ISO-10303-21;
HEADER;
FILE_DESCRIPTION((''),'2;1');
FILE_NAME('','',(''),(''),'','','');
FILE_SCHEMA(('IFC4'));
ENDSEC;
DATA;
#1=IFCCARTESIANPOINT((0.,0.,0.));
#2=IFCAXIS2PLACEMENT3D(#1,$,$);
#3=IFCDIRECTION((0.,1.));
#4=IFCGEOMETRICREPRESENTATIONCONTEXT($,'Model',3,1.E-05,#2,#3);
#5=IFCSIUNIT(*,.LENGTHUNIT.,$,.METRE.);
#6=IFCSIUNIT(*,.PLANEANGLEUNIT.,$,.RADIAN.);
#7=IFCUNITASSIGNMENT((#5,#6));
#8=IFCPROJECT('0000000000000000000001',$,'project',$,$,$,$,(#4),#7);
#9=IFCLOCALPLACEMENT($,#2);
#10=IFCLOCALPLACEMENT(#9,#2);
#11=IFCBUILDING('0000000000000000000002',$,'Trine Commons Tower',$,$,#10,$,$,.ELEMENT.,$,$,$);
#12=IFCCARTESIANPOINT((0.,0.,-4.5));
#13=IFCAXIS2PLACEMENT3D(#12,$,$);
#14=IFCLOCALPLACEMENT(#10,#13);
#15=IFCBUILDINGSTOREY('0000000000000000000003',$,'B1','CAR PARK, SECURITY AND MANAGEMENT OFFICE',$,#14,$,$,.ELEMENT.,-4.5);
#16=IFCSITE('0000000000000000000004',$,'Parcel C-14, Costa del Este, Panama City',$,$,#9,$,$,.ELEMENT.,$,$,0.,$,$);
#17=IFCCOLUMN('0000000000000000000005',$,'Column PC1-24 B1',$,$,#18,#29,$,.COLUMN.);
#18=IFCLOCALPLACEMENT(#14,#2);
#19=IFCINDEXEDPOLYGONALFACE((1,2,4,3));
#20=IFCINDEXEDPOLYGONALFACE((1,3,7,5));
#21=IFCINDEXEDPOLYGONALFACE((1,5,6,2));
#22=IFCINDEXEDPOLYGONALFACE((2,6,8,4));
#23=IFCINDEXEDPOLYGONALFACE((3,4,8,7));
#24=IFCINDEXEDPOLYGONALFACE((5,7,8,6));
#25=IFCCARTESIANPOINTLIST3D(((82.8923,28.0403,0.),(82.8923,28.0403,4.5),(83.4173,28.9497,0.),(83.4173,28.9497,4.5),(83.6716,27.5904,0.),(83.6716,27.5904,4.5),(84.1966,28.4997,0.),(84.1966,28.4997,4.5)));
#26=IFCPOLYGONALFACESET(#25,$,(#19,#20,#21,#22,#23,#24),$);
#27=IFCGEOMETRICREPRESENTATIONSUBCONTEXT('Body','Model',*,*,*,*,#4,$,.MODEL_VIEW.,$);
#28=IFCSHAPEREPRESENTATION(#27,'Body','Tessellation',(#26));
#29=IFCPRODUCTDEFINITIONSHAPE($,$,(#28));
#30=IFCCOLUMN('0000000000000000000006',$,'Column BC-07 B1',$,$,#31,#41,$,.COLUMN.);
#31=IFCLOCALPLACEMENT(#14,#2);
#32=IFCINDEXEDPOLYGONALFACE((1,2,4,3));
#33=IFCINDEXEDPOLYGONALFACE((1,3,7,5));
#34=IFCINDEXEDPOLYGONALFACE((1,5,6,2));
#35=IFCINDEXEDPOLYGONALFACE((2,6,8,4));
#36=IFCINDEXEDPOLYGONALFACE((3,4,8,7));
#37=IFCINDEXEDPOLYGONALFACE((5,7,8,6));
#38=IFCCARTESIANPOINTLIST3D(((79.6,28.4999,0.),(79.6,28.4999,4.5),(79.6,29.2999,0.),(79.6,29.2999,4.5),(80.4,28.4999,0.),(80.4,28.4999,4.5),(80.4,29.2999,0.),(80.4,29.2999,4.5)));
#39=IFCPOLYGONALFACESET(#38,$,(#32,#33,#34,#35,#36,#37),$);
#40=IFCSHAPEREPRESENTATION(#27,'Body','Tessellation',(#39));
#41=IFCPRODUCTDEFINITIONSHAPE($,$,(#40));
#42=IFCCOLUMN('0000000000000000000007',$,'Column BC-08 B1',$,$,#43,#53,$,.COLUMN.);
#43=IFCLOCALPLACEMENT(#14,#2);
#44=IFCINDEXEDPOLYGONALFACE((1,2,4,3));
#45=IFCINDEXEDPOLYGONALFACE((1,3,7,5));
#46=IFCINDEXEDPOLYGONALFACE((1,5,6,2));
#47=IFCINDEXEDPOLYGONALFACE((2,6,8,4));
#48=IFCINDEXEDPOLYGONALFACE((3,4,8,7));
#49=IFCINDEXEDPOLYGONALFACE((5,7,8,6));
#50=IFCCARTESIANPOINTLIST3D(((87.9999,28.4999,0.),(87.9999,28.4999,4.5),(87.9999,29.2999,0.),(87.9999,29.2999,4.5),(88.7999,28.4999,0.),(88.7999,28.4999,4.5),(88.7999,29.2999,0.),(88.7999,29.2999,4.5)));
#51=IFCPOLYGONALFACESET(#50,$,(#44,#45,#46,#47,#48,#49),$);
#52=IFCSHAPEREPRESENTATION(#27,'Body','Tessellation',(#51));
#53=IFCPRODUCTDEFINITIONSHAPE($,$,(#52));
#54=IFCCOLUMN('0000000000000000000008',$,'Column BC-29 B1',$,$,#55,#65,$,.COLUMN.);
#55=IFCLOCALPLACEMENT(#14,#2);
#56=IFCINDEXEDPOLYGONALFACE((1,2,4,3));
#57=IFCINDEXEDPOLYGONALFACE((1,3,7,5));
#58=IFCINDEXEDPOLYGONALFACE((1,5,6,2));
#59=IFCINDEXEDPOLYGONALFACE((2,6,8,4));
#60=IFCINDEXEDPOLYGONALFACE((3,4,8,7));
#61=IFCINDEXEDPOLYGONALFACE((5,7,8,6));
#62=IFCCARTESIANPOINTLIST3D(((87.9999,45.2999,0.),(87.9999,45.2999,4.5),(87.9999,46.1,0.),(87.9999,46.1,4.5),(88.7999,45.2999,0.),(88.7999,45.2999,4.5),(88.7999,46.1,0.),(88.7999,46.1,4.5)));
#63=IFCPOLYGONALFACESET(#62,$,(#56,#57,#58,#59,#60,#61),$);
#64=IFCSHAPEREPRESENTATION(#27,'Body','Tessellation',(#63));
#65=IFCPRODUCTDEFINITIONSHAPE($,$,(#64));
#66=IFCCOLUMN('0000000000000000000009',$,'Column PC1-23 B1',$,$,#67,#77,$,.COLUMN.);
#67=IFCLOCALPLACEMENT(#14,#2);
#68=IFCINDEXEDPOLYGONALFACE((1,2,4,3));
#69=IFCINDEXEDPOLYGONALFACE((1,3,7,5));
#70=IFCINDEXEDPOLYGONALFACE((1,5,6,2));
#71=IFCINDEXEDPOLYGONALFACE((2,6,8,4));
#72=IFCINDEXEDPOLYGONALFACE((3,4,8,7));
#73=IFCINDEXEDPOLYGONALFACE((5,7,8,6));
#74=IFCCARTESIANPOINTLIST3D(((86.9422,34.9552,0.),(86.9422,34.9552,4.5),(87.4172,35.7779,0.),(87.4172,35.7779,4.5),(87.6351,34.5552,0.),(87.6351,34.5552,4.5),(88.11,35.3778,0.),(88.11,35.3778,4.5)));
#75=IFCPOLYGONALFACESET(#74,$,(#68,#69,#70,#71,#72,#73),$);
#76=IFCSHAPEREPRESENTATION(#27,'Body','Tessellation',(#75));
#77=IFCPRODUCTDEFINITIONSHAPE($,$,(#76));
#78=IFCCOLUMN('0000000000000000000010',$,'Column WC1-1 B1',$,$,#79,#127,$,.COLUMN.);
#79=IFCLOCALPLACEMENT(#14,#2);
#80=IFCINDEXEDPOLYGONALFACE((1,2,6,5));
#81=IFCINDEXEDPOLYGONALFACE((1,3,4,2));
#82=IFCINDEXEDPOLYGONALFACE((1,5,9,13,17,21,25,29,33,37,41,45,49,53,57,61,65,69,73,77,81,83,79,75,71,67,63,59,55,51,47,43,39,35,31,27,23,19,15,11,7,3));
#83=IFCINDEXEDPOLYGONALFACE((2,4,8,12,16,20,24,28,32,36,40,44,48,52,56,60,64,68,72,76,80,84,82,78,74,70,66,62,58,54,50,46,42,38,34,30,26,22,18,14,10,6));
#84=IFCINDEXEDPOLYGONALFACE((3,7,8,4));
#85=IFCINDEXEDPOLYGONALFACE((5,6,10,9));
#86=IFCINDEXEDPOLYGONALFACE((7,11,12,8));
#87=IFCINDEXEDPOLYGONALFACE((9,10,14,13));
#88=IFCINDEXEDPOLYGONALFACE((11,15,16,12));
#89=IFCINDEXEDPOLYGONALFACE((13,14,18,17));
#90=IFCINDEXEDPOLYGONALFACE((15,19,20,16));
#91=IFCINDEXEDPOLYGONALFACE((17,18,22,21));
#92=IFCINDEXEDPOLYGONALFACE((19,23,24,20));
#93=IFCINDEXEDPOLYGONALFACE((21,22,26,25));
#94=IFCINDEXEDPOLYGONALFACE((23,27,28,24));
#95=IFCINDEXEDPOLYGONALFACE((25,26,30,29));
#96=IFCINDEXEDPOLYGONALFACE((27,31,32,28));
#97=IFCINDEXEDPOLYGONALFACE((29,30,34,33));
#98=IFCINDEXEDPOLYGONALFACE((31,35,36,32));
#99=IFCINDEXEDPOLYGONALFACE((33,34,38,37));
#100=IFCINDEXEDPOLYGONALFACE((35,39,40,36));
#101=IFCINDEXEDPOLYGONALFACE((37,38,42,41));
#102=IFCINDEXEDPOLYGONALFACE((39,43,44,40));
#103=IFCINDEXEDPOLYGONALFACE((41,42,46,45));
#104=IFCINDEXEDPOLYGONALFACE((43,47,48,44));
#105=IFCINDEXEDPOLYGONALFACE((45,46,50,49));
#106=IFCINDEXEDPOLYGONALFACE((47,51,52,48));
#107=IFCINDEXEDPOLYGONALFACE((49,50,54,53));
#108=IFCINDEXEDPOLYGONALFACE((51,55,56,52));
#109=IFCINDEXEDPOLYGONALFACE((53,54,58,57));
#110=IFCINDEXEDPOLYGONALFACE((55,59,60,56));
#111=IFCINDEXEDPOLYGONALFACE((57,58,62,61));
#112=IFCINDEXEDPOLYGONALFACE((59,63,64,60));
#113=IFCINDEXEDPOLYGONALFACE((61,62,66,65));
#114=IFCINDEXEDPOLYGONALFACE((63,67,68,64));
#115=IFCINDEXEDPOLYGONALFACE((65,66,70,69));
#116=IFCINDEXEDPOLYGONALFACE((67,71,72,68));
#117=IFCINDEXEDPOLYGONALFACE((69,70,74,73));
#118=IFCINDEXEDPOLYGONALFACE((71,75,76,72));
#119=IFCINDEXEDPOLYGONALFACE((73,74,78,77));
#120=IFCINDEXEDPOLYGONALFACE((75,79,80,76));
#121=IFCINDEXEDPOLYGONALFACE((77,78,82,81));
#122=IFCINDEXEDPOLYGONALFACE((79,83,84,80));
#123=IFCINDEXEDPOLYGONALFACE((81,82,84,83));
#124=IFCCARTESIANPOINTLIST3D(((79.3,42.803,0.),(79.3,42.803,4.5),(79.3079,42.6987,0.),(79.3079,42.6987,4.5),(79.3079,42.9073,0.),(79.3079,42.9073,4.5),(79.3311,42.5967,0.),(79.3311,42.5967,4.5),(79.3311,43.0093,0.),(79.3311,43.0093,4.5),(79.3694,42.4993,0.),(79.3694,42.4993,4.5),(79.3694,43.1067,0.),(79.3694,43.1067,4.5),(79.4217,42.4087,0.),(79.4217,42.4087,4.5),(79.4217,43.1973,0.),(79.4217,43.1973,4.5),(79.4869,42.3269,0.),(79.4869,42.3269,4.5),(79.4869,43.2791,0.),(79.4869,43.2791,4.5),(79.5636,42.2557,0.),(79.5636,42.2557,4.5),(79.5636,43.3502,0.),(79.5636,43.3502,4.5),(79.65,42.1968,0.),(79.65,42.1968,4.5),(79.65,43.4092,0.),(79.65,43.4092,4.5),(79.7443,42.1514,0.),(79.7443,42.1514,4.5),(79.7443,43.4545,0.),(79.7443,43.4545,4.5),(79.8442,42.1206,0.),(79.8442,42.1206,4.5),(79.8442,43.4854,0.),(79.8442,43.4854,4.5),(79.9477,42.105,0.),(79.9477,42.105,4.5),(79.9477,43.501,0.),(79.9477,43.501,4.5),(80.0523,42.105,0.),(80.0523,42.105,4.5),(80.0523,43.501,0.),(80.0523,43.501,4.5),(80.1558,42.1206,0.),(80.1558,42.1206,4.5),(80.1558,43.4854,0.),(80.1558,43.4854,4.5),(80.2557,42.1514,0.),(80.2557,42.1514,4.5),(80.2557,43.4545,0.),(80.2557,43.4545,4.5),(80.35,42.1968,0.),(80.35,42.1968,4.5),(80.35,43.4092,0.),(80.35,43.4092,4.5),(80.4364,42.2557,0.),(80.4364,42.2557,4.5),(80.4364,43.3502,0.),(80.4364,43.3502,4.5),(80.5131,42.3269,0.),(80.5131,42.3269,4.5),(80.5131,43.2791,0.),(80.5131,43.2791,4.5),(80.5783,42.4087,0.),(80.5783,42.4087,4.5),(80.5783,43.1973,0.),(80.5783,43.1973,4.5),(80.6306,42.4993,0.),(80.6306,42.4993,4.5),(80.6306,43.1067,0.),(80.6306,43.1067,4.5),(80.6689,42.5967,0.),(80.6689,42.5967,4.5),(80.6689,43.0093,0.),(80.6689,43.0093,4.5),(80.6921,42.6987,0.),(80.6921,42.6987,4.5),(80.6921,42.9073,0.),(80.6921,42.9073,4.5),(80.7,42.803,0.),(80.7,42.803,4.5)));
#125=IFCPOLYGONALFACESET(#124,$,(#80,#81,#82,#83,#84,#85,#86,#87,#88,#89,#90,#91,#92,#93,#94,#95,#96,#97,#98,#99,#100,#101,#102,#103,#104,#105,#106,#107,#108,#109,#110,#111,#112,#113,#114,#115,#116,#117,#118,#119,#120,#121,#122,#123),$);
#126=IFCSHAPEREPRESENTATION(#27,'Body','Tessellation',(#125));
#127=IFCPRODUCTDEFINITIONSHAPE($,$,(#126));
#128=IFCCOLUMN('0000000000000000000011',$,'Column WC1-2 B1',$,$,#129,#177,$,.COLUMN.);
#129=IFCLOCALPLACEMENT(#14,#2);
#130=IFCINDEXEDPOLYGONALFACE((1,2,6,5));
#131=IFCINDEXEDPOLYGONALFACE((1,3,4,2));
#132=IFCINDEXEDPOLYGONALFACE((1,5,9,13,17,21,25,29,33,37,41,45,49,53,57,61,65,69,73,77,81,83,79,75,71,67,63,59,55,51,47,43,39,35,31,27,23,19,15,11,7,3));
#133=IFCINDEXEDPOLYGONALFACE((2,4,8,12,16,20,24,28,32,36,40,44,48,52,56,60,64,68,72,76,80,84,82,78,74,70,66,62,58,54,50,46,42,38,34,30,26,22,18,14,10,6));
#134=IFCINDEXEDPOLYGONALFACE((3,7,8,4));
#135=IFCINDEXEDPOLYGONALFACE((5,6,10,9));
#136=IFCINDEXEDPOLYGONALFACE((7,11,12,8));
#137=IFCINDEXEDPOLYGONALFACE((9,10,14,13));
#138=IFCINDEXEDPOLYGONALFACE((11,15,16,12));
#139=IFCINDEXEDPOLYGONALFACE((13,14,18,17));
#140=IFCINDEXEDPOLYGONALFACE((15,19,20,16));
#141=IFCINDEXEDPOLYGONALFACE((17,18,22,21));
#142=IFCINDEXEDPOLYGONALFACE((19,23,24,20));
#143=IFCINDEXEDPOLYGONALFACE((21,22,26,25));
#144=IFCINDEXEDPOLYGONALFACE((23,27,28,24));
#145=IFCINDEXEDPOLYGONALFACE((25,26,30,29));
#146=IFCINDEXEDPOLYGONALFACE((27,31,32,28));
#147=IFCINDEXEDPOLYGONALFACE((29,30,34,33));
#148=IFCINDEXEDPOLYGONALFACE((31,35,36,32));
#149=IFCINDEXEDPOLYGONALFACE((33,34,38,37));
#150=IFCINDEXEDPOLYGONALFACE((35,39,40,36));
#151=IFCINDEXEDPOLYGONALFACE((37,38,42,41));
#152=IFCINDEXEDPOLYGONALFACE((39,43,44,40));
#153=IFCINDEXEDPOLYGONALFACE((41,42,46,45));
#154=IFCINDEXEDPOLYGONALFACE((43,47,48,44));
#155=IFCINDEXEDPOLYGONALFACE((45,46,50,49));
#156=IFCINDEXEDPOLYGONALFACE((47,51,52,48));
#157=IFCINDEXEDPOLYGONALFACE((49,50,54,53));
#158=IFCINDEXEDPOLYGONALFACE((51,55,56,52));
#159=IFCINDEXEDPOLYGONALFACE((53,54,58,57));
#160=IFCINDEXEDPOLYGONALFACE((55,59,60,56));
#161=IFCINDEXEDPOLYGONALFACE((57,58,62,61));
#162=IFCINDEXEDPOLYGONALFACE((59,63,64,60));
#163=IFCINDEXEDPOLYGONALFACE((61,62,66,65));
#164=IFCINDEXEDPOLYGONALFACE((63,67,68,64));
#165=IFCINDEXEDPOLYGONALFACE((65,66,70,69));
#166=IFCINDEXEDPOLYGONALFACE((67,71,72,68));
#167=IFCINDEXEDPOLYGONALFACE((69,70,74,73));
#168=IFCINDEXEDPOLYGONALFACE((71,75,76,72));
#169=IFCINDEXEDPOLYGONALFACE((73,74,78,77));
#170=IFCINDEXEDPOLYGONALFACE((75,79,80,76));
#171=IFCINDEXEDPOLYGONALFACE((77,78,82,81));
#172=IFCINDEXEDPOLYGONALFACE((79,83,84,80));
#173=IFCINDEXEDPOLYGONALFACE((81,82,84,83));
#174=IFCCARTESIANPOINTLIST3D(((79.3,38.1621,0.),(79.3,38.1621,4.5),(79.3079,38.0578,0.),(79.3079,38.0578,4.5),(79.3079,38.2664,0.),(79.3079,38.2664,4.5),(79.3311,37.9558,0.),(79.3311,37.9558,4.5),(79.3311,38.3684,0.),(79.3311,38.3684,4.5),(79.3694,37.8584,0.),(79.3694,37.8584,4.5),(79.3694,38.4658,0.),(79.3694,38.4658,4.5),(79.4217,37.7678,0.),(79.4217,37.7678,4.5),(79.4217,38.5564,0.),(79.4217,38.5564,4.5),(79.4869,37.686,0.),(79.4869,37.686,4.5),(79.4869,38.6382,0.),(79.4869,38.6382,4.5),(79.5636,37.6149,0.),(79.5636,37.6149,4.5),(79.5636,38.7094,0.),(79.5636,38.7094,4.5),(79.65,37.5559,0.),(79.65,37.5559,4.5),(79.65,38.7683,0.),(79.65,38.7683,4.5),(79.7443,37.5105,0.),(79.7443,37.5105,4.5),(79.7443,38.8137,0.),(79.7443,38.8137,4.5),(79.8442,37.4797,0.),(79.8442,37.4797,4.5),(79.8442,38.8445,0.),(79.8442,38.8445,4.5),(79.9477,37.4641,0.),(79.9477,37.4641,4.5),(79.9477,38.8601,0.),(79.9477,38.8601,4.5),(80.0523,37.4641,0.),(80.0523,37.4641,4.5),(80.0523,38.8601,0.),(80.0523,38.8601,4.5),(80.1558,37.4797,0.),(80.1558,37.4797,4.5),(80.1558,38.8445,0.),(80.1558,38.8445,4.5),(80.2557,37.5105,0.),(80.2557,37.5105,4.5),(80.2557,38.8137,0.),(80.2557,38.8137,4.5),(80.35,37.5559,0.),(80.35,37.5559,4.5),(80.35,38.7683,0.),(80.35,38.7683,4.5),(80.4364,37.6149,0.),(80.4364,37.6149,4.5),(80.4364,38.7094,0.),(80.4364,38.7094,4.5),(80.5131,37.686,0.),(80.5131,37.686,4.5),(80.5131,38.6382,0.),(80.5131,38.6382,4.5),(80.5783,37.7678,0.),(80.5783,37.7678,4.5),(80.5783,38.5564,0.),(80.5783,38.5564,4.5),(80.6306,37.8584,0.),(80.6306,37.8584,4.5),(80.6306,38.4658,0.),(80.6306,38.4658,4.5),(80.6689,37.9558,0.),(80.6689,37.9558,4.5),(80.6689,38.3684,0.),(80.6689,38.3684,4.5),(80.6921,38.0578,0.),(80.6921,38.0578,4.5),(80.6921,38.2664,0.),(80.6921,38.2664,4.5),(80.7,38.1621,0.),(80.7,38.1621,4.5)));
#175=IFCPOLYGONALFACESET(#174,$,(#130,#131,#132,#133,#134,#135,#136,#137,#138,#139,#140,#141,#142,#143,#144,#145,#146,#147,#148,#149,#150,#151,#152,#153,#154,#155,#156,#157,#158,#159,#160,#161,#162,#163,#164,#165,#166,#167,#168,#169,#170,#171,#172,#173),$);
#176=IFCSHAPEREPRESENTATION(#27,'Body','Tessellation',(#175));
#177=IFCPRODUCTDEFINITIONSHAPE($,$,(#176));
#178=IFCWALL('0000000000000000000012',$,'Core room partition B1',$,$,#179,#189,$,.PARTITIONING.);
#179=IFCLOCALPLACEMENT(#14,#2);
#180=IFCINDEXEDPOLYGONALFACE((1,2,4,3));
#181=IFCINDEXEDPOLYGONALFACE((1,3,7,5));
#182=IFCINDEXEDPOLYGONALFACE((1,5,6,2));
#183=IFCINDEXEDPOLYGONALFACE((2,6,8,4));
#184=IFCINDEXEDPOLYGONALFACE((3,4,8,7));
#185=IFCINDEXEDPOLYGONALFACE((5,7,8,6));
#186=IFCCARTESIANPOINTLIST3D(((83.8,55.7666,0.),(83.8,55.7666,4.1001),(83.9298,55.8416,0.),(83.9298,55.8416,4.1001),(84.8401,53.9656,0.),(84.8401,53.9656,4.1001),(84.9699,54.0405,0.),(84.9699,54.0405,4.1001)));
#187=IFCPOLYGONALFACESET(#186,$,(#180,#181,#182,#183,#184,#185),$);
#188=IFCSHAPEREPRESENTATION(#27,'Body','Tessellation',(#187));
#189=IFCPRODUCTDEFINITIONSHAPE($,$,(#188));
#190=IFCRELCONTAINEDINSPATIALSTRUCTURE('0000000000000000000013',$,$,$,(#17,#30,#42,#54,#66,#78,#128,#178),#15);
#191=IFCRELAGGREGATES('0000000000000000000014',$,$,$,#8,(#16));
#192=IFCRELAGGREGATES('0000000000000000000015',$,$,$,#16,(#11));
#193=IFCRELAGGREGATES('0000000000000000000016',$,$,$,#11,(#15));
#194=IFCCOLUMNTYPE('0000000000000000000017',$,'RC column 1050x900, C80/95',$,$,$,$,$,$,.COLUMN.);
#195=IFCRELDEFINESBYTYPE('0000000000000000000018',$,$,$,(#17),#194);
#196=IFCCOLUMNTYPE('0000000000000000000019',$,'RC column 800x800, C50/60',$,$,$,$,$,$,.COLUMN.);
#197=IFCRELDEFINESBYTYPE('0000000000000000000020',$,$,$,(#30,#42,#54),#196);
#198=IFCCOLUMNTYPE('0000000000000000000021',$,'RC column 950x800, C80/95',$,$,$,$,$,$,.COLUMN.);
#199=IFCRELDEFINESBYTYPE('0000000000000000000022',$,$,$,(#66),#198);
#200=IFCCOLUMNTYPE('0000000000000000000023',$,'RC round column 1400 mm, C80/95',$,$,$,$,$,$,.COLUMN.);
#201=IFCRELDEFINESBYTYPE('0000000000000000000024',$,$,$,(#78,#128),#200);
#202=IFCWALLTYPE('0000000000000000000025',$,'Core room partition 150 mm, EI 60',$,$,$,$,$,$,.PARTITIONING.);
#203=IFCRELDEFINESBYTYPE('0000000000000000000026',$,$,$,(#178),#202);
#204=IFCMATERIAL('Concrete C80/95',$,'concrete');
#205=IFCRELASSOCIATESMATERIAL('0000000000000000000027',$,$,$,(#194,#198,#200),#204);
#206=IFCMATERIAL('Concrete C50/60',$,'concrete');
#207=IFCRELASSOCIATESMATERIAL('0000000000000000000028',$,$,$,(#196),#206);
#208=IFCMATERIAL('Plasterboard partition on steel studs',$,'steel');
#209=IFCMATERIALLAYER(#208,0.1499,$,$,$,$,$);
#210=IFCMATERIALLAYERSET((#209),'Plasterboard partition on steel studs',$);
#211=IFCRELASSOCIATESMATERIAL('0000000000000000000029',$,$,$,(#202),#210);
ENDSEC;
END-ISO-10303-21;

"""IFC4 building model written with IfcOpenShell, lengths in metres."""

from ifc_helpers import new_model, si_unit, direction, frame, frame_2d, origin, origin_2d, place, context, subcontext, project, spatial, rectangle, circle, extrude, material, layer, layer_set, material_profile, profile_set, type_object, element, save


model = new_model("IFC4")

# Units and contexts
model_context = context("Model", 3, precision=1e-05, world=origin(), true_north=direction((0.0, 1.0)))
body_context = subcontext(model_context, "Body", "Model", "MODEL_VIEW")
ifc_project = project(units=[si_unit("LENGTHUNIT", "METRE"), si_unit("PLANEANGLEUNIT", "RADIAN")], contexts=[model_context])

# Site, building, storey
site_placement = place(None, origin())
site = spatial("IfcSite", under=ifc_project, at=site_placement, Name="Parcel C-14, Costa del Este, Panama City", CompositionType="ELEMENT", RefElevation=0.0)
building_placement = place(site_placement, origin())
building = spatial("IfcBuilding", under=site, at=building_placement, Name="Trine Commons Tower", CompositionType="ELEMENT")
storey_placement = place(building_placement, frame((0.0, 0.0, -4.5)))
storey = spatial("IfcBuildingStorey", under=building, at=storey_placement, Name="B1", Description="CAR PARK, SECURITY AND MANAGEMENT OFFICE", CompositionType="ELEMENT", Elevation=-4.5)

# Columns
ifc_material_1 = material(Name="Concrete C80/95", Category="concrete")
ifc_material_profile_1 = material_profile(ifc_material_1, rectangle(XDim=1.05, YDim=0.8999, at=origin_2d()), Name="RC 1050x900")
ifc_profile_set_1 = profile_set([ifc_material_profile_1], Name="Concrete C80/95")
column_type_1 = type_object("IfcColumnType", Name="RC column 1050x900, C80/95", PredefinedType="COLUMN", material=ifc_profile_set_1)
column_1_placement = place(storey_placement, frame((83.5444, 28.27, 0.0), z_axis=(0.0, 0.0, 1.0), x_axis=(0.5, 0.866025, 0.0)))
element("IfcColumn", 1, at=column_1_placement, inside=storey, type_object=column_type_1, Name="Column PC1-24 B1", PredefinedType="COLUMN", context=body_context, shape_type="SweptSolid", body=[
    extrude(rectangle(XDim=1.05, YDim=0.8999, at=origin_2d()), origin(), (0.0, 0.0, 1.0), 4.5),
])
ifc_material_2 = material(Name="Concrete C50/60", Category="concrete")
ifc_material_profile_2 = material_profile(ifc_material_2, rectangle(XDim=0.8, YDim=0.8, at=origin_2d()), Name="RC 800x800")
ifc_profile_set_2 = profile_set([ifc_material_profile_2], Name="Concrete C50/60")
column_type_2 = type_object("IfcColumnType", Name="RC column 800x800, C50/60", PredefinedType="COLUMN", material=ifc_profile_set_2)
for number, where, z_axis, x_axis, name in (
    (2, (80.0, 28.8999, 0.0), (0.0, 0.0, 1.0), (1.0, 0.0, 0.0), "Column BC-07 B1"),
    (3, (88.3999, 28.8999, 0.0), (0.0, 0.0, 1.0), (1.0, 0.0, 0.0), "Column BC-08 B1"),
    (4, (88.3999, 45.7, 0.0), (0.0, 0.0, 1.0), (1.0, 0.0, 0.0), "Column BC-29 B1"),
):
    element("IfcColumn", number, at=place(storey_placement, frame(where, z_axis=z_axis, x_axis=x_axis)), inside=storey, type_object=column_type_2, Name=name, PredefinedType="COLUMN", context=body_context, shape_type="SweptSolid", body=[
        extrude(rectangle(XDim=0.8, YDim=0.8, at=origin_2d()), origin(), (0.0, 0.0, 1.0), 4.5),
    ])
ifc_material_profile_3 = material_profile(ifc_material_1, rectangle(XDim=0.95, YDim=0.8, at=origin_2d()), Name="RC 950x800")
ifc_profile_set_3 = profile_set([ifc_material_profile_3], Name="Concrete C80/95")
column_type_3 = type_object("IfcColumnType", Name="RC column 950x800, C80/95", PredefinedType="COLUMN", material=ifc_profile_set_3)
column_2_placement = place(storey_placement, frame((87.5261, 35.1665, 0.0), z_axis=(0.0, 0.0, 1.0), x_axis=(0.5, 0.866025, 0.0)))
element("IfcColumn", 5, at=column_2_placement, inside=storey, type_object=column_type_3, Name="Column PC1-23 B1", PredefinedType="COLUMN", context=body_context, shape_type="SweptSolid", body=[
    extrude(rectangle(XDim=0.95, YDim=0.8, at=origin_2d()), origin(), (0.0, 0.0, 1.0), 4.5),
])
ifc_material_profile_4 = material_profile(ifc_material_1, circle(Radius=0.7, at=origin_2d()), Name="RC round 1400")
ifc_profile_set_4 = profile_set([ifc_material_profile_4], Name="Concrete C80/95")
column_type_4 = type_object("IfcColumnType", Name="RC round column 1400 mm, C80/95", PredefinedType="COLUMN", material=ifc_profile_set_4)
for number, where, z_axis, x_axis, name in (
    (6, (80.0, 42.803, 0.0), (0.0, 0.0, 1.0), (1.0, 0.0, 0.0), "Column WC1-1 B1"),
    (7, (80.0, 38.1621, 0.0), (0.0, 0.0, 1.0), (1.0, 0.0, 0.0), "Column WC1-2 B1"),
):
    element("IfcColumn", number, at=place(storey_placement, frame(where, z_axis=z_axis, x_axis=x_axis)), inside=storey, type_object=column_type_4, Name=name, PredefinedType="COLUMN", context=body_context, shape_type="SweptSolid", body=[
        extrude(circle(Radius=0.7, at=origin_2d()), origin(), (0.0, 0.0, 1.0), 4.5),
    ])

# Wall
ifc_material_3 = material(Name="Plasterboard partition on steel studs", Category="steel")
ifc_layer_1 = layer(ifc_material_3, 0.1499)
ifc_layer_set_1 = layer_set([ifc_layer_1], Name="Plasterboard partition on steel studs")
wall_type_1 = type_object("IfcWallType", Name="Core room partition 150 mm, EI 60", PredefinedType="PARTITIONING", material=ifc_layer_set_1)
wall_1_placement = place(storey_placement, frame((84.905, 54.0029, 0.0), z_axis=(0.0, 0.0, 1.0), x_axis=(-0.500078, 0.86598, 0.0)))
element("IfcWall", 8, at=wall_1_placement, inside=storey, type_object=wall_type_1, Name="Core room partition B1", PredefinedType="PARTITIONING", context=body_context, shape_type="SweptSolid", body=[
    extrude(rectangle(XDim=2.0798, YDim=0.1499, at=frame_2d((1.04, 0.0))), origin(), (0.0, 0.0, 1.0), 4.1001),
])

save(model, "model.ifc")
